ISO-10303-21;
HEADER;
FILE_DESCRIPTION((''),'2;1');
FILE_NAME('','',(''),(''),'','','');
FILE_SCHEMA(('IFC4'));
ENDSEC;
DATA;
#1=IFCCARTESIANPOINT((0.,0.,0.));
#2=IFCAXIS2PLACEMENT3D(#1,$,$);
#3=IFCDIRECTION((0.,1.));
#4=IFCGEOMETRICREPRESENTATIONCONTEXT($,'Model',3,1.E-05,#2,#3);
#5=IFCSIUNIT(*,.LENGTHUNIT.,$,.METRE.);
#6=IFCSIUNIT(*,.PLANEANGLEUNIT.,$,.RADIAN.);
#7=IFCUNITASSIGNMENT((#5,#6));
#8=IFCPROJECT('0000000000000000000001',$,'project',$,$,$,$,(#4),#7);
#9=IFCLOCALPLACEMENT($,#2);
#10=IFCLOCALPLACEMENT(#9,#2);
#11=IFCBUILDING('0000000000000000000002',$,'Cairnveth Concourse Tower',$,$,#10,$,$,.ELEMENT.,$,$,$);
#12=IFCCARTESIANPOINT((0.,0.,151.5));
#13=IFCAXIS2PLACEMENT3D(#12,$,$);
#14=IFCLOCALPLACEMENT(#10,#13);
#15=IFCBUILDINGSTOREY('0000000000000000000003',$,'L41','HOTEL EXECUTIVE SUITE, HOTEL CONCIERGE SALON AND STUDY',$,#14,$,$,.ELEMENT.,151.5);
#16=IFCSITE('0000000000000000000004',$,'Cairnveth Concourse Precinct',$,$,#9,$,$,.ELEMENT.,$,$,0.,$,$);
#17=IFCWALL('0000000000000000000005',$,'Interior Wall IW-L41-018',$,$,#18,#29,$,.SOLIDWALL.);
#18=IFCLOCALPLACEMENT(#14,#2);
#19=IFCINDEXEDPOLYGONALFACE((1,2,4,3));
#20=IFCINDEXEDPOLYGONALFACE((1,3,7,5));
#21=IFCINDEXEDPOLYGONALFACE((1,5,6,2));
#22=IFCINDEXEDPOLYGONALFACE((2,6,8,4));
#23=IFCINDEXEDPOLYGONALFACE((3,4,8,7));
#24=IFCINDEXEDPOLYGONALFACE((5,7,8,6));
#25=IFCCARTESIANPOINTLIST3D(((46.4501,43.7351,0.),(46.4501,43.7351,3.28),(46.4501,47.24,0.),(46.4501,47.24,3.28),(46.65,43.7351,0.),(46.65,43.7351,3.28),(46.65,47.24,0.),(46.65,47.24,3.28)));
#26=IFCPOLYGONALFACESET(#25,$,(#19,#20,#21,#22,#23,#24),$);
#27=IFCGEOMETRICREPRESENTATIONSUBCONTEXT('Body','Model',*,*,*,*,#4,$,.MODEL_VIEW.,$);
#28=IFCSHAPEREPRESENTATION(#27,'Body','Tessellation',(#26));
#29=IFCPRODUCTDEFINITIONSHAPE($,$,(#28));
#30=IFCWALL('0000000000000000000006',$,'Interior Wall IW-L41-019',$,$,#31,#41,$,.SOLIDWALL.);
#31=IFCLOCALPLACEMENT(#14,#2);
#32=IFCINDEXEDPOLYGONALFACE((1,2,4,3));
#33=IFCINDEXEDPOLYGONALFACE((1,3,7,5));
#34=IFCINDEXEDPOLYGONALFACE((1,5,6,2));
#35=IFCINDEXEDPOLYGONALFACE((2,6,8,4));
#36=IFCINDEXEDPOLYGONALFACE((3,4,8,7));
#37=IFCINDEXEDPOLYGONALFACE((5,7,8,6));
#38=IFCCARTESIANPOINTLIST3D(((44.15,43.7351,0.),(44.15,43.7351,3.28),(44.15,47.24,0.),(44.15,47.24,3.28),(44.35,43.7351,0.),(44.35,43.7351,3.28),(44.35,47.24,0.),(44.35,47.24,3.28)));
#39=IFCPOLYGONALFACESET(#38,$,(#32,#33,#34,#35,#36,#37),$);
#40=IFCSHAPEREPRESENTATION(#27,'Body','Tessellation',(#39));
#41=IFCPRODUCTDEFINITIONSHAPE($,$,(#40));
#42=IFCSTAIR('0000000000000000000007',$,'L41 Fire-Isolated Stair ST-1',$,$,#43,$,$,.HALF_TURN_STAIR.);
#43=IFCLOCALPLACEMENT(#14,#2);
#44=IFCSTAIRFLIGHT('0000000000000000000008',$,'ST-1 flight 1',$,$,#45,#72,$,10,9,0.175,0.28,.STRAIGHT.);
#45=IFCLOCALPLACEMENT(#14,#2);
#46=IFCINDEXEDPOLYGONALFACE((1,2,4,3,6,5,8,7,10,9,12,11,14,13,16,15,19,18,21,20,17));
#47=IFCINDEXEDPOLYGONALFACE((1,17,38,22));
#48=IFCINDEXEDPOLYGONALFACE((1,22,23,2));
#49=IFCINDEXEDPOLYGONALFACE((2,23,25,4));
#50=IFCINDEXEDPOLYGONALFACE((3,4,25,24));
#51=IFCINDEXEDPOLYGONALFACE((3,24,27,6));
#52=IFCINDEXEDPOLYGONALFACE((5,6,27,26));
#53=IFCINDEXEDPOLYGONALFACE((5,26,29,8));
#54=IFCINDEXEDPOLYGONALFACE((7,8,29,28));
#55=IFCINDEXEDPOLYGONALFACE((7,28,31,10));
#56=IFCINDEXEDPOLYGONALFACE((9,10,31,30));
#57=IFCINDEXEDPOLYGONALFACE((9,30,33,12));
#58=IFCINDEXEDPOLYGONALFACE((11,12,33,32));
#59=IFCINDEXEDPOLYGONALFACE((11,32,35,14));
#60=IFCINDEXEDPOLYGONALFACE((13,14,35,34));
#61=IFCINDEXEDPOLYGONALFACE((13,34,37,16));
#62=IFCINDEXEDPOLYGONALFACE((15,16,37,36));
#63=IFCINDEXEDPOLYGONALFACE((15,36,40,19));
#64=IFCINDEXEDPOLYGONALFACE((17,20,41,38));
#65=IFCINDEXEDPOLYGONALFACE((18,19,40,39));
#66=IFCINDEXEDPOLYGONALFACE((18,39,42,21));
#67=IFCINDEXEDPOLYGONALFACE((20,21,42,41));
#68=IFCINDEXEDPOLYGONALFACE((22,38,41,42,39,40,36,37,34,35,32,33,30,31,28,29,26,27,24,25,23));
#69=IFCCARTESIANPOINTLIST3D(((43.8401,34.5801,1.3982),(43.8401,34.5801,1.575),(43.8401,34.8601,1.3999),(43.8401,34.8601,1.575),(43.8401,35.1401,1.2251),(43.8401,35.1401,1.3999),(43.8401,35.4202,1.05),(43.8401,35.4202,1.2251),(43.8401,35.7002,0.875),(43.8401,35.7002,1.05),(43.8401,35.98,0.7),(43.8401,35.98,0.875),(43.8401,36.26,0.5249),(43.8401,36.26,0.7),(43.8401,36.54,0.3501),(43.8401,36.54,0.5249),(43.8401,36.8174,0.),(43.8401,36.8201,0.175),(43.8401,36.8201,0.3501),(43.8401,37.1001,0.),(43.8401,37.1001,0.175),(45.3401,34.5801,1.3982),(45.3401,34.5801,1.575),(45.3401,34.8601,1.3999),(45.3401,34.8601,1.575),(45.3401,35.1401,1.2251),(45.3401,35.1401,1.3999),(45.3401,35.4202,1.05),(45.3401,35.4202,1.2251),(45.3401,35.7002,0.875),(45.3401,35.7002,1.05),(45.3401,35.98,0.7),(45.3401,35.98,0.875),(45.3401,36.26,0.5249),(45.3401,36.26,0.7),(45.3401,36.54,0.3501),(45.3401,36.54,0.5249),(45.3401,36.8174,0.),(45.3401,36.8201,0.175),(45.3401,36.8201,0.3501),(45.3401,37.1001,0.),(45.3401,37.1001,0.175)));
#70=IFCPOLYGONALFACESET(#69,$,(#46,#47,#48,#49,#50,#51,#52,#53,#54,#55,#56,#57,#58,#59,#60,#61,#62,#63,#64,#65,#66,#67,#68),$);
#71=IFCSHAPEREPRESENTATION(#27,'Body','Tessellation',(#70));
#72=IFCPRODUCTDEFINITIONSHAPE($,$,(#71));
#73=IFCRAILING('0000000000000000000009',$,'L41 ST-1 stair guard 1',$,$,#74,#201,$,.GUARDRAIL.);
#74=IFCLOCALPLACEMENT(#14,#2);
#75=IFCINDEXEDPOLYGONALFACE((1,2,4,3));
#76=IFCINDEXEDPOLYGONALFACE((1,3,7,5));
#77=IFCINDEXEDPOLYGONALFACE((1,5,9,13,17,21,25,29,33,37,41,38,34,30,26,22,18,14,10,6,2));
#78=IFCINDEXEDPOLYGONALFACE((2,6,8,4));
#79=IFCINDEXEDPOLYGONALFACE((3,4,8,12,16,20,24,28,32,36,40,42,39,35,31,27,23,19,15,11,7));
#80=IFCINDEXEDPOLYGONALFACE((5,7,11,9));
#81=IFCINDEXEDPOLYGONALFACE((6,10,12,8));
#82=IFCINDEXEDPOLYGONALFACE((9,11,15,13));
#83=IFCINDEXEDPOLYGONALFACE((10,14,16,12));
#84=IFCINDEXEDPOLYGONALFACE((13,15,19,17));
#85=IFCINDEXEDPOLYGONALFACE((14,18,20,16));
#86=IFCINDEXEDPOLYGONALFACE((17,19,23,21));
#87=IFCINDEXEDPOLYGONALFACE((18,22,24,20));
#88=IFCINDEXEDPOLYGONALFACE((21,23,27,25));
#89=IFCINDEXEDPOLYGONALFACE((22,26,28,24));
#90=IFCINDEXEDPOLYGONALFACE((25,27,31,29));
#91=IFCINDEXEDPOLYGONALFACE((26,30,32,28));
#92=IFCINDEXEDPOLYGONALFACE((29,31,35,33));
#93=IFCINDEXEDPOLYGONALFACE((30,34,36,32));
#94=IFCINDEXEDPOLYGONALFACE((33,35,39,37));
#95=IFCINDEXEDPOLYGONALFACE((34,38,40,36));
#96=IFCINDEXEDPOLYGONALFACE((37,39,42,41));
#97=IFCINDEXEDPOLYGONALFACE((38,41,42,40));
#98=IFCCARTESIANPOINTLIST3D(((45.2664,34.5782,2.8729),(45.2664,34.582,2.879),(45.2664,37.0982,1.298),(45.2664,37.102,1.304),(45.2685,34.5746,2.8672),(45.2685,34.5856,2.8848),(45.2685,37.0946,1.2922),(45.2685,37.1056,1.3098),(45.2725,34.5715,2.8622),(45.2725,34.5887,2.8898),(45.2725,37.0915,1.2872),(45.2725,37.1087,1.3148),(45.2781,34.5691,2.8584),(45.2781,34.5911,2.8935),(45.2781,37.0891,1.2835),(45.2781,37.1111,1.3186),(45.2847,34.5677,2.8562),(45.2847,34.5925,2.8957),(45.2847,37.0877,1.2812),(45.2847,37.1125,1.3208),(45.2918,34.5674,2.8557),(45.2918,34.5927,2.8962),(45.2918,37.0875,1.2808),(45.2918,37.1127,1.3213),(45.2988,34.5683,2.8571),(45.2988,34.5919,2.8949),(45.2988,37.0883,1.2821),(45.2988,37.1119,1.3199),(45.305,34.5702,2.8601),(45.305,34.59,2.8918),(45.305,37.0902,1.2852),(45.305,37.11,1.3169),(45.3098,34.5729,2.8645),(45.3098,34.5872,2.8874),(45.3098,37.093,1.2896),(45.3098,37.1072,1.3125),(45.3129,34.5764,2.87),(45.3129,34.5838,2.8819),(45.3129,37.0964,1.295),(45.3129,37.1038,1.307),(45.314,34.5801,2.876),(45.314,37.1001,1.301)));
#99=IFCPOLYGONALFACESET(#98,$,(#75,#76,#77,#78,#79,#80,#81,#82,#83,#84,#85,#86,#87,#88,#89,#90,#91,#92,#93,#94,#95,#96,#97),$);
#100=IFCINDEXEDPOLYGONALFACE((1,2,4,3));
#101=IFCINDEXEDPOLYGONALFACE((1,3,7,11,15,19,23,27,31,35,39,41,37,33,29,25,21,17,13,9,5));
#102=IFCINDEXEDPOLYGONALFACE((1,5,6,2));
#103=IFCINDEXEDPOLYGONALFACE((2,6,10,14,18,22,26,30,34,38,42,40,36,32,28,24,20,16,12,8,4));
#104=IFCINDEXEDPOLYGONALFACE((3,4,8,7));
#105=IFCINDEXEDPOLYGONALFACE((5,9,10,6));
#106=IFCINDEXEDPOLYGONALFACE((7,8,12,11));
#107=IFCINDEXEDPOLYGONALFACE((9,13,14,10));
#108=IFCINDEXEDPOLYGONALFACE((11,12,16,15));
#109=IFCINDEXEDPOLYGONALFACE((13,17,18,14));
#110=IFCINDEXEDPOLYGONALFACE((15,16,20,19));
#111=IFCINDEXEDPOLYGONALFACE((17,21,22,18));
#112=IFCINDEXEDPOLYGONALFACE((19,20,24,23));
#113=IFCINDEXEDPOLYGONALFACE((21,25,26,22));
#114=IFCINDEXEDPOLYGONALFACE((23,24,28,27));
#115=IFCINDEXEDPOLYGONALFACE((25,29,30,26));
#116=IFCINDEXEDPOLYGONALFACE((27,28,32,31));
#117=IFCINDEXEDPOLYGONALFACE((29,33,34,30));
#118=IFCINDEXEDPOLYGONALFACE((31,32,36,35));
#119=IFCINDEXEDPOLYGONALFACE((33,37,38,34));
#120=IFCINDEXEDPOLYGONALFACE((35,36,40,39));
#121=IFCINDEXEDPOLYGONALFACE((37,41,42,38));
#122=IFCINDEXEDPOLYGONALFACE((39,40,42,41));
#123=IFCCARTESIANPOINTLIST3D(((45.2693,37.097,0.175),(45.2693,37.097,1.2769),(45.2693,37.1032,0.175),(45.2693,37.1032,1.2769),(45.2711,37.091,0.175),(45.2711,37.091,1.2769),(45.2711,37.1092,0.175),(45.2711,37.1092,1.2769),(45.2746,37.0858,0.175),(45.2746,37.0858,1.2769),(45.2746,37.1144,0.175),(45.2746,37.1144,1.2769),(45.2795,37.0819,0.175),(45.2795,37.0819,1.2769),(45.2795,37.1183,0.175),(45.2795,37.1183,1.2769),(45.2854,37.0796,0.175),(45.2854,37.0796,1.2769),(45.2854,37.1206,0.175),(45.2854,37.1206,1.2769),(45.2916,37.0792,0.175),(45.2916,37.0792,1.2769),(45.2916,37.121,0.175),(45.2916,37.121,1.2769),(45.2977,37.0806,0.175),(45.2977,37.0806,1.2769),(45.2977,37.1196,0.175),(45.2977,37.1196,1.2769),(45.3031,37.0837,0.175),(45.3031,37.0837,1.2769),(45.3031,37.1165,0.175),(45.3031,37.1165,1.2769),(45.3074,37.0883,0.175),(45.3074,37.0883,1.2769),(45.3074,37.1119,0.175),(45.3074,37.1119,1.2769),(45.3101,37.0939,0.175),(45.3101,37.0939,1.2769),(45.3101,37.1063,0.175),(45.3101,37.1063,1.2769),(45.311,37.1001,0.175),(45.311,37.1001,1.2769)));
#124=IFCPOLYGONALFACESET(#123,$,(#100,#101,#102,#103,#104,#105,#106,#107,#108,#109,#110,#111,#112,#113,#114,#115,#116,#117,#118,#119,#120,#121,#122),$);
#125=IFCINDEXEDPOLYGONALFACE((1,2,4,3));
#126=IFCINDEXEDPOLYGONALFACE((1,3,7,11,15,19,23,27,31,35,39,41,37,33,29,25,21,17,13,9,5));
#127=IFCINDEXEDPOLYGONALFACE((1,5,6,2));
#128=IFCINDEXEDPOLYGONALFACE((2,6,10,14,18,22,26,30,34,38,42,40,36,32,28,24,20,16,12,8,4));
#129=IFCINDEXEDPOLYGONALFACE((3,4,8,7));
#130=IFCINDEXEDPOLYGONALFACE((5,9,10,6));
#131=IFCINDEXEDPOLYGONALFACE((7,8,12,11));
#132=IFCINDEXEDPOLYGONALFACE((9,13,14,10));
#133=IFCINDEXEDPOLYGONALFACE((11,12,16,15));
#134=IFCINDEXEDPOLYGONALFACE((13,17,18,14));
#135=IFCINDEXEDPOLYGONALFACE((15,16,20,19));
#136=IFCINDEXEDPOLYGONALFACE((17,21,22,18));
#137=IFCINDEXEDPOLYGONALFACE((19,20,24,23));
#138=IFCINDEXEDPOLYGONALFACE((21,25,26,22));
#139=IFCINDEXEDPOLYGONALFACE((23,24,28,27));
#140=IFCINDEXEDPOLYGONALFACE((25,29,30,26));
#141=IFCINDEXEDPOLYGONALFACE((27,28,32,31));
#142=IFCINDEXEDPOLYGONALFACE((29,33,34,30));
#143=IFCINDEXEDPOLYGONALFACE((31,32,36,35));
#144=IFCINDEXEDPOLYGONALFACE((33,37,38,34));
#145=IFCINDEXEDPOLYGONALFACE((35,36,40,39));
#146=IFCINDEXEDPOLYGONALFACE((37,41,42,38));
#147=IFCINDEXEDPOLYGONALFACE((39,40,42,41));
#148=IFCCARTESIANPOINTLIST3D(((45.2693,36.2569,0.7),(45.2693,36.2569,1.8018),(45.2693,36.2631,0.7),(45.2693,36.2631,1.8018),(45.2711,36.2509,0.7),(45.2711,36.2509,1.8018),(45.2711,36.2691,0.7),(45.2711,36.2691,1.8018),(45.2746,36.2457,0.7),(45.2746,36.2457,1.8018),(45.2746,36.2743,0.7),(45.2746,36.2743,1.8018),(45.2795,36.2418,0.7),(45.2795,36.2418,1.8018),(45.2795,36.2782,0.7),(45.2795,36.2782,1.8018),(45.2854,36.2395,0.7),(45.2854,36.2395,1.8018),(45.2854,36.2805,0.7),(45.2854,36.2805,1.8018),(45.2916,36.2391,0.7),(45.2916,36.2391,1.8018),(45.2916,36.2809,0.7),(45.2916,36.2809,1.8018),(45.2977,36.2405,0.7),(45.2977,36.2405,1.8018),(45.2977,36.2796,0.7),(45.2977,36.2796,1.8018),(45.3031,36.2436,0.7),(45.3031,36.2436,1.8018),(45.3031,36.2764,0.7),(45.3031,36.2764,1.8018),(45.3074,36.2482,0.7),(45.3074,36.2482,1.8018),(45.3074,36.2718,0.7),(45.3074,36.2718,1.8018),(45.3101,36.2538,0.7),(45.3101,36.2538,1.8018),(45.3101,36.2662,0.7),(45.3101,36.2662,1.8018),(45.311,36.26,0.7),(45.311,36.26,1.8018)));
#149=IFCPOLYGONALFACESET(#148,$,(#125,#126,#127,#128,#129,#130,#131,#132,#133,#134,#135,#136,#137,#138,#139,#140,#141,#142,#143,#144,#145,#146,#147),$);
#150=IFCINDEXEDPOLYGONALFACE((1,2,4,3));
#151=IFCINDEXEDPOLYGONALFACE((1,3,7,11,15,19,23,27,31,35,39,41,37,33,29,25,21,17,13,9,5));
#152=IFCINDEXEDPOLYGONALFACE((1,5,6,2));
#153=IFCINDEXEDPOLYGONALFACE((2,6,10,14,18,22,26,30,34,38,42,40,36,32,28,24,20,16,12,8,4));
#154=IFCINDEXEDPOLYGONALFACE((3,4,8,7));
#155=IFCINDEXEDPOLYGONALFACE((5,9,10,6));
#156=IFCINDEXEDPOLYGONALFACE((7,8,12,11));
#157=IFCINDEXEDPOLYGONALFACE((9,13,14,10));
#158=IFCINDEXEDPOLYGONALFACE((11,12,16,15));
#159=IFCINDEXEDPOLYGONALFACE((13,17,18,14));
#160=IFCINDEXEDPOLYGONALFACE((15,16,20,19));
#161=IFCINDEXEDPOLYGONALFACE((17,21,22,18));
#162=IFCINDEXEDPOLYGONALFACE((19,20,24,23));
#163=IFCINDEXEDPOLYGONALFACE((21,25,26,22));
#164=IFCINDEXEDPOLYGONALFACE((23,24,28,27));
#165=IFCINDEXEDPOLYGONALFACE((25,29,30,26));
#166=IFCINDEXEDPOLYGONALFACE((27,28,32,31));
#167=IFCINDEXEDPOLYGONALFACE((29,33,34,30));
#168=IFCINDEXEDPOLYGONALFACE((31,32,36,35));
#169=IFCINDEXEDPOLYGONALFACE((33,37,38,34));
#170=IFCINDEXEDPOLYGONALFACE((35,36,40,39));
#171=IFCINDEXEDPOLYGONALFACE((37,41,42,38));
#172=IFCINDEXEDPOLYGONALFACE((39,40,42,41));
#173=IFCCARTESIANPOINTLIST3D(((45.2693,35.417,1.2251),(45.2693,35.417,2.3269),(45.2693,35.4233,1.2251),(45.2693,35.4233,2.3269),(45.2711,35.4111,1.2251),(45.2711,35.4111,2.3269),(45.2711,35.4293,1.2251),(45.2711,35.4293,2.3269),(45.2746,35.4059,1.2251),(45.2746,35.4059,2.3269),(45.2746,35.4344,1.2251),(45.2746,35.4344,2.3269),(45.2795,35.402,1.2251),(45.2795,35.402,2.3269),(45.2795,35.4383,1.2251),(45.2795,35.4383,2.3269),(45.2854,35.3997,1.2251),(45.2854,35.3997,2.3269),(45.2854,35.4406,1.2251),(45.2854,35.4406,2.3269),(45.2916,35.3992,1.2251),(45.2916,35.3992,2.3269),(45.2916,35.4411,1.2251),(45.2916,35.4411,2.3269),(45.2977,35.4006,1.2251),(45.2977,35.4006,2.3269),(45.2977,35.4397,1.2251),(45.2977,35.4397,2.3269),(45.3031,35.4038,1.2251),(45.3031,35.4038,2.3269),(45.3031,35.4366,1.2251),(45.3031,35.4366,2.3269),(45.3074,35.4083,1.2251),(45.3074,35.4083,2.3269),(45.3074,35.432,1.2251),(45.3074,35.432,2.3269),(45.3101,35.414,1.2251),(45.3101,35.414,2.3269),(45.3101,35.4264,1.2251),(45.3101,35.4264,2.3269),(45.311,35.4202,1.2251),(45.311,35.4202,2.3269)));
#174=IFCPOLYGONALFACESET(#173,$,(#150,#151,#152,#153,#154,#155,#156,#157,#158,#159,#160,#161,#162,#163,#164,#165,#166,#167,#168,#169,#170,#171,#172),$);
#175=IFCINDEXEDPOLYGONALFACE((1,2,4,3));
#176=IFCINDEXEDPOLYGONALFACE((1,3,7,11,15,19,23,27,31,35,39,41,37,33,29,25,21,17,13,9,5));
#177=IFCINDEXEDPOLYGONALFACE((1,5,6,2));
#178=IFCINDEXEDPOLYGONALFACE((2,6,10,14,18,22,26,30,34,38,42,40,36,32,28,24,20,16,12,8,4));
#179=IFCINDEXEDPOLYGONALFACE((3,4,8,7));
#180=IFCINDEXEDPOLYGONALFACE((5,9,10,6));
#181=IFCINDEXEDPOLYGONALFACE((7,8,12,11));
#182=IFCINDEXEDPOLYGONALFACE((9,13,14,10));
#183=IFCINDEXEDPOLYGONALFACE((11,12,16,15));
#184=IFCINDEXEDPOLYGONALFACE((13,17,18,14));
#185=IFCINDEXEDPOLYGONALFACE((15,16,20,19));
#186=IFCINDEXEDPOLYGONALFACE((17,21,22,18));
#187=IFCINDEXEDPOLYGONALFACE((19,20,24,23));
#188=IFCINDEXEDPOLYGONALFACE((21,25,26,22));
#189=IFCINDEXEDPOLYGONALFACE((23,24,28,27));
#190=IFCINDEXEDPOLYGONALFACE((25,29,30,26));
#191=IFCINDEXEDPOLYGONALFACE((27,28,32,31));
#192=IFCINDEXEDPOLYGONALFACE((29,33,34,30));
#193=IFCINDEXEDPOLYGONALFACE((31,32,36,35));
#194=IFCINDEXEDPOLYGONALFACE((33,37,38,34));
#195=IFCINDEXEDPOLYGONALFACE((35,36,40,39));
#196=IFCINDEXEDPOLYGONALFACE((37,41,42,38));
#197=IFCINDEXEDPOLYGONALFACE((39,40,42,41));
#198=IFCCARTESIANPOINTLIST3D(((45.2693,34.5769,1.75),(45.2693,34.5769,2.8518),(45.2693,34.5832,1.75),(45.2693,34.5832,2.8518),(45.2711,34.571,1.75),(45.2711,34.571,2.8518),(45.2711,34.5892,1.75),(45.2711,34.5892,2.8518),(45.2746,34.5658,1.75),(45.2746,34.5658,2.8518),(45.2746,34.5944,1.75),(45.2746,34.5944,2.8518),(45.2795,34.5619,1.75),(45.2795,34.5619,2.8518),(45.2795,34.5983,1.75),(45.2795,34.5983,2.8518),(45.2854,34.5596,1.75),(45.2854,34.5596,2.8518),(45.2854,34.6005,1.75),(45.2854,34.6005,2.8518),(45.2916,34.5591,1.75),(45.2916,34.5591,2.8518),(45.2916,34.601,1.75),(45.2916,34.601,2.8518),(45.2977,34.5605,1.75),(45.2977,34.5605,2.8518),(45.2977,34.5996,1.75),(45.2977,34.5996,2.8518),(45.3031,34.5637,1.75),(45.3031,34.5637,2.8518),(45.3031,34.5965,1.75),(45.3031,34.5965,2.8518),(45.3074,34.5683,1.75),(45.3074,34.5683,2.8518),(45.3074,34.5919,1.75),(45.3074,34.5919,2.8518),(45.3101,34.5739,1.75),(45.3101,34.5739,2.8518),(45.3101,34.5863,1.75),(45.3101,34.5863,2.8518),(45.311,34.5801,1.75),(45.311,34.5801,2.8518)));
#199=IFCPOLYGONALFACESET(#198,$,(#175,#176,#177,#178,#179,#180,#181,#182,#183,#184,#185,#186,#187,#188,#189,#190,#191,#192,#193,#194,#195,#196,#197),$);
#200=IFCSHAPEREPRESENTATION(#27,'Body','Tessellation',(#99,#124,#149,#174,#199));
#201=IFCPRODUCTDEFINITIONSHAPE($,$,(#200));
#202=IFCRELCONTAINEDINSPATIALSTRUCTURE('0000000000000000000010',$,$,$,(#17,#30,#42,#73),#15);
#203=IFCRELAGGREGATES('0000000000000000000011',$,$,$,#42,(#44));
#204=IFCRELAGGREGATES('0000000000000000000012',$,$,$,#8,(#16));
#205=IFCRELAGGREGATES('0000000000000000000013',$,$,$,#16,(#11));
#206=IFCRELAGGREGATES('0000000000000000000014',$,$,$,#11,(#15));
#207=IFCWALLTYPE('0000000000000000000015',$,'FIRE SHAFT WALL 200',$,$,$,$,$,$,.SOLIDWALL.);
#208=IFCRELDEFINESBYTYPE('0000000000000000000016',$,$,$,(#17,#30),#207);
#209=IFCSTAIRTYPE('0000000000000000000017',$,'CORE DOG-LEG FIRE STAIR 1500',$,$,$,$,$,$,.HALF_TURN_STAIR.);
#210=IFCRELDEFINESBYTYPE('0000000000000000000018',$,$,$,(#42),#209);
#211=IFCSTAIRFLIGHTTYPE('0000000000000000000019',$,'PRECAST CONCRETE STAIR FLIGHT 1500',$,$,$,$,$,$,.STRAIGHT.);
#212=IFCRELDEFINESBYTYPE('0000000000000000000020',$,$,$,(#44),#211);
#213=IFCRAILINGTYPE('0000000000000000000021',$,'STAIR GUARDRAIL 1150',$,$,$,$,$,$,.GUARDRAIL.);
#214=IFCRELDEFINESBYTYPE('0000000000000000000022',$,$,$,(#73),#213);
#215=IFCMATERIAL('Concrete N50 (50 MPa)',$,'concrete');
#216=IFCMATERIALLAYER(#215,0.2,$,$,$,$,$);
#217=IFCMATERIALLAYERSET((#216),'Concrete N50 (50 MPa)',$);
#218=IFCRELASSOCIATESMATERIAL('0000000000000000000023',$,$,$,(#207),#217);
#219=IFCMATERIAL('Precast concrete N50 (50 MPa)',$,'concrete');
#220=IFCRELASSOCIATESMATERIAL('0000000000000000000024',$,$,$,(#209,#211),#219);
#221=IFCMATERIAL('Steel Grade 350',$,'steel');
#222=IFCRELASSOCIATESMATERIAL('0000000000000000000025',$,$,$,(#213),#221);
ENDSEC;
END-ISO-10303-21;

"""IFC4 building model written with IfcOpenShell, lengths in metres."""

from ifc_helpers import new_model, si_unit, direction, frame, frame_2d, origin, origin_2d, place, context, subcontext, project, spatial, polyline, rectangle, circle, outline, extrude, material, layer, layer_set, type_object, element, aggregate, save


model = new_model("IFC4")

# Units and contexts
model_context = context("Model", 3, precision=1e-05, world=origin(), true_north=direction((0.0, 1.0)))
body_context = subcontext(model_context, "Body", "Model", "MODEL_VIEW")
ifc_project = project(units=[si_unit("LENGTHUNIT", "METRE"), si_unit("PLANEANGLEUNIT", "RADIAN")], contexts=[model_context])

# Site, building, storey
site_placement = place(None, origin())
site = spatial("IfcSite", under=ifc_project, at=site_placement, Name="Cairnveth Concourse Precinct", CompositionType="ELEMENT", RefElevation=0.0)
building_placement = place(site_placement, origin())
building = spatial("IfcBuilding", under=site, at=building_placement, Name="Cairnveth Concourse Tower", CompositionType="ELEMENT")
storey_placement = place(building_placement, frame((0.0, 0.0, 151.5)))
storey = spatial("IfcBuildingStorey", under=building, at=storey_placement, Name="L41", Description="HOTEL EXECUTIVE SUITE, HOTEL CONCIERGE SALON AND STUDY", CompositionType="ELEMENT", Elevation=151.5)

# Shared definitions
ifc_material_1 = material(Name="Steel Grade 350", Category="steel")

# Shared definitions
ifc_material_2 = material(Name="Concrete N50 (50 MPa)", Category="concrete")
ifc_layer_1 = layer(ifc_material_2, 0.2)
ifc_layer_set_1 = layer_set([ifc_layer_1], Name="Concrete N50 (50 MPa)")
wall_type_1 = type_object("IfcWallType", Name="FIRE SHAFT WALL 200", PredefinedType="SOLIDWALL", material=ifc_layer_set_1)

# Walls
for number, where, z_axis, x_axis, name in (
    (1, (46.55, 43.7351, 0.0), (0.0, 0.0, 1.0), (0.0, 1.0, 0.0), "Interior Wall IW-L41-018"),
    (2, (44.25, 43.7351, 0.0), (0.0, 0.0, 1.0), (0.0, 1.0, 0.0), "Interior Wall IW-L41-019"),
):
    element("IfcWall", number, at=place(storey_placement, frame(where, z_axis=z_axis, x_axis=x_axis)), inside=storey, type_object=wall_type_1, Name=name, PredefinedType="SOLIDWALL", context=body_context, shape_type="SweptSolid", body=[
        extrude(rectangle(XDim=3.5049, YDim=0.2, at=frame_2d((1.7524, 0.0))), origin(), (0.0, 0.0, 1.0), 3.28),
    ])

# Stair, stair flight
ifc_material_3 = material(Name="Precast concrete N50 (50 MPa)", Category="concrete")
stair_type = type_object("IfcStairType", Name="CORE DOG-LEG FIRE STAIR 1500", PredefinedType="HALF_TURN_STAIR", material=ifc_material_3)
stair_placement = place(storey_placement, origin())
stair = element("IfcStair", 3, at=stair_placement, inside=storey, type_object=stair_type, Name="L41 Fire-Isolated Stair ST-1", PredefinedType="HALF_TURN_STAIR")
stair_flight_type = type_object("IfcStairFlightType", Name="PRECAST CONCRETE STAIR FLIGHT 1500", PredefinedType="STRAIGHT", material=ifc_material_3)
stair_flight_placement = place(storey_placement, frame((44.5901, 37.1001, 0.0), z_axis=(0.0, 0.0, 1.0), x_axis=(0.0, -1.0, 0.0)))
stair_flight = element("IfcStairFlight", 4, at=stair_flight_placement, type_object=stair_flight_type, Name="ST-1 flight 1", NumberOfRisers=10, NumberOfTreads=9, PredefinedType="STRAIGHT", RiserHeight=0.175, TreadLength=0.28, context=body_context, shape_type="SweptSolid", body=[
    extrude(outline(polyline([(0.0, 0.0), (0.0, 0.175), (0.28, 0.175), (0.28, 0.3501), (0.5601, 0.3501), (0.5601, 0.5249), (0.8401, 0.5249), (0.8401, 0.7), (1.1201, 0.7), (1.1201, 0.875), (1.3999, 0.875), (1.3999, 1.05), (1.6799, 1.05), (1.6799, 1.2251), (1.96, 1.2251), (1.96, 1.3999), (2.24, 1.3999), (2.24, 1.575), (2.52, 1.575), (2.52, 1.75), (2.52, 1.3982), (0.2827, 0.0), (0.0, 0.0)])), frame((0.0, 0.75, 0.0), z_axis=(0.0, -1.0, 0.0), x_axis=(1.0, 0.0, 0.0)), (0.0, 0.0, 1.0), 1.5),
])
aggregate(stair, [stair_flight])

# Railing
railing_type_1 = type_object("IfcRailingType", Name="STAIR GUARDRAIL 1150", PredefinedType="GUARDRAIL", material=ifc_material_1)
railing_1_placement = place(storey_placement, frame((45.29, 37.1001, 0.175)))
element("IfcRailing", 5, at=railing_1_placement, inside=storey, type_object=railing_type_1, Name="L41 ST-1 stair guard 1", PredefinedType="GUARDRAIL", context=body_context, shape_type="SweptSolid", body=[
    extrude(circle(Radius=0.0239, at=origin_2d()), frame((0.0, 0.0, 1.126), z_axis=(0.0, -0.848008, 0.529984), x_axis=(1.0, 0.0, 0.0)), (0.0, 0.0, 1.0), 2.9717),
    extrude(circle(Radius=0.021, at=origin_2d()), origin(), (0.0, 0.0, 1.0), 1.1018),
    extrude(circle(Radius=0.021, at=origin_2d()), frame((0.0, -0.8401, 0.5249)), (0.0, 0.0, 1.0), 1.1018),
    extrude(circle(Radius=0.021, at=origin_2d()), frame((0.0, -1.6799, 1.05)), (0.0, 0.0, 1.0), 1.1018),
    extrude(circle(Radius=0.021, at=origin_2d()), frame((0.0, -2.52, 1.575)), (0.0, 0.0, 1.0), 1.1018),
])

save(model, "model.ifc")
